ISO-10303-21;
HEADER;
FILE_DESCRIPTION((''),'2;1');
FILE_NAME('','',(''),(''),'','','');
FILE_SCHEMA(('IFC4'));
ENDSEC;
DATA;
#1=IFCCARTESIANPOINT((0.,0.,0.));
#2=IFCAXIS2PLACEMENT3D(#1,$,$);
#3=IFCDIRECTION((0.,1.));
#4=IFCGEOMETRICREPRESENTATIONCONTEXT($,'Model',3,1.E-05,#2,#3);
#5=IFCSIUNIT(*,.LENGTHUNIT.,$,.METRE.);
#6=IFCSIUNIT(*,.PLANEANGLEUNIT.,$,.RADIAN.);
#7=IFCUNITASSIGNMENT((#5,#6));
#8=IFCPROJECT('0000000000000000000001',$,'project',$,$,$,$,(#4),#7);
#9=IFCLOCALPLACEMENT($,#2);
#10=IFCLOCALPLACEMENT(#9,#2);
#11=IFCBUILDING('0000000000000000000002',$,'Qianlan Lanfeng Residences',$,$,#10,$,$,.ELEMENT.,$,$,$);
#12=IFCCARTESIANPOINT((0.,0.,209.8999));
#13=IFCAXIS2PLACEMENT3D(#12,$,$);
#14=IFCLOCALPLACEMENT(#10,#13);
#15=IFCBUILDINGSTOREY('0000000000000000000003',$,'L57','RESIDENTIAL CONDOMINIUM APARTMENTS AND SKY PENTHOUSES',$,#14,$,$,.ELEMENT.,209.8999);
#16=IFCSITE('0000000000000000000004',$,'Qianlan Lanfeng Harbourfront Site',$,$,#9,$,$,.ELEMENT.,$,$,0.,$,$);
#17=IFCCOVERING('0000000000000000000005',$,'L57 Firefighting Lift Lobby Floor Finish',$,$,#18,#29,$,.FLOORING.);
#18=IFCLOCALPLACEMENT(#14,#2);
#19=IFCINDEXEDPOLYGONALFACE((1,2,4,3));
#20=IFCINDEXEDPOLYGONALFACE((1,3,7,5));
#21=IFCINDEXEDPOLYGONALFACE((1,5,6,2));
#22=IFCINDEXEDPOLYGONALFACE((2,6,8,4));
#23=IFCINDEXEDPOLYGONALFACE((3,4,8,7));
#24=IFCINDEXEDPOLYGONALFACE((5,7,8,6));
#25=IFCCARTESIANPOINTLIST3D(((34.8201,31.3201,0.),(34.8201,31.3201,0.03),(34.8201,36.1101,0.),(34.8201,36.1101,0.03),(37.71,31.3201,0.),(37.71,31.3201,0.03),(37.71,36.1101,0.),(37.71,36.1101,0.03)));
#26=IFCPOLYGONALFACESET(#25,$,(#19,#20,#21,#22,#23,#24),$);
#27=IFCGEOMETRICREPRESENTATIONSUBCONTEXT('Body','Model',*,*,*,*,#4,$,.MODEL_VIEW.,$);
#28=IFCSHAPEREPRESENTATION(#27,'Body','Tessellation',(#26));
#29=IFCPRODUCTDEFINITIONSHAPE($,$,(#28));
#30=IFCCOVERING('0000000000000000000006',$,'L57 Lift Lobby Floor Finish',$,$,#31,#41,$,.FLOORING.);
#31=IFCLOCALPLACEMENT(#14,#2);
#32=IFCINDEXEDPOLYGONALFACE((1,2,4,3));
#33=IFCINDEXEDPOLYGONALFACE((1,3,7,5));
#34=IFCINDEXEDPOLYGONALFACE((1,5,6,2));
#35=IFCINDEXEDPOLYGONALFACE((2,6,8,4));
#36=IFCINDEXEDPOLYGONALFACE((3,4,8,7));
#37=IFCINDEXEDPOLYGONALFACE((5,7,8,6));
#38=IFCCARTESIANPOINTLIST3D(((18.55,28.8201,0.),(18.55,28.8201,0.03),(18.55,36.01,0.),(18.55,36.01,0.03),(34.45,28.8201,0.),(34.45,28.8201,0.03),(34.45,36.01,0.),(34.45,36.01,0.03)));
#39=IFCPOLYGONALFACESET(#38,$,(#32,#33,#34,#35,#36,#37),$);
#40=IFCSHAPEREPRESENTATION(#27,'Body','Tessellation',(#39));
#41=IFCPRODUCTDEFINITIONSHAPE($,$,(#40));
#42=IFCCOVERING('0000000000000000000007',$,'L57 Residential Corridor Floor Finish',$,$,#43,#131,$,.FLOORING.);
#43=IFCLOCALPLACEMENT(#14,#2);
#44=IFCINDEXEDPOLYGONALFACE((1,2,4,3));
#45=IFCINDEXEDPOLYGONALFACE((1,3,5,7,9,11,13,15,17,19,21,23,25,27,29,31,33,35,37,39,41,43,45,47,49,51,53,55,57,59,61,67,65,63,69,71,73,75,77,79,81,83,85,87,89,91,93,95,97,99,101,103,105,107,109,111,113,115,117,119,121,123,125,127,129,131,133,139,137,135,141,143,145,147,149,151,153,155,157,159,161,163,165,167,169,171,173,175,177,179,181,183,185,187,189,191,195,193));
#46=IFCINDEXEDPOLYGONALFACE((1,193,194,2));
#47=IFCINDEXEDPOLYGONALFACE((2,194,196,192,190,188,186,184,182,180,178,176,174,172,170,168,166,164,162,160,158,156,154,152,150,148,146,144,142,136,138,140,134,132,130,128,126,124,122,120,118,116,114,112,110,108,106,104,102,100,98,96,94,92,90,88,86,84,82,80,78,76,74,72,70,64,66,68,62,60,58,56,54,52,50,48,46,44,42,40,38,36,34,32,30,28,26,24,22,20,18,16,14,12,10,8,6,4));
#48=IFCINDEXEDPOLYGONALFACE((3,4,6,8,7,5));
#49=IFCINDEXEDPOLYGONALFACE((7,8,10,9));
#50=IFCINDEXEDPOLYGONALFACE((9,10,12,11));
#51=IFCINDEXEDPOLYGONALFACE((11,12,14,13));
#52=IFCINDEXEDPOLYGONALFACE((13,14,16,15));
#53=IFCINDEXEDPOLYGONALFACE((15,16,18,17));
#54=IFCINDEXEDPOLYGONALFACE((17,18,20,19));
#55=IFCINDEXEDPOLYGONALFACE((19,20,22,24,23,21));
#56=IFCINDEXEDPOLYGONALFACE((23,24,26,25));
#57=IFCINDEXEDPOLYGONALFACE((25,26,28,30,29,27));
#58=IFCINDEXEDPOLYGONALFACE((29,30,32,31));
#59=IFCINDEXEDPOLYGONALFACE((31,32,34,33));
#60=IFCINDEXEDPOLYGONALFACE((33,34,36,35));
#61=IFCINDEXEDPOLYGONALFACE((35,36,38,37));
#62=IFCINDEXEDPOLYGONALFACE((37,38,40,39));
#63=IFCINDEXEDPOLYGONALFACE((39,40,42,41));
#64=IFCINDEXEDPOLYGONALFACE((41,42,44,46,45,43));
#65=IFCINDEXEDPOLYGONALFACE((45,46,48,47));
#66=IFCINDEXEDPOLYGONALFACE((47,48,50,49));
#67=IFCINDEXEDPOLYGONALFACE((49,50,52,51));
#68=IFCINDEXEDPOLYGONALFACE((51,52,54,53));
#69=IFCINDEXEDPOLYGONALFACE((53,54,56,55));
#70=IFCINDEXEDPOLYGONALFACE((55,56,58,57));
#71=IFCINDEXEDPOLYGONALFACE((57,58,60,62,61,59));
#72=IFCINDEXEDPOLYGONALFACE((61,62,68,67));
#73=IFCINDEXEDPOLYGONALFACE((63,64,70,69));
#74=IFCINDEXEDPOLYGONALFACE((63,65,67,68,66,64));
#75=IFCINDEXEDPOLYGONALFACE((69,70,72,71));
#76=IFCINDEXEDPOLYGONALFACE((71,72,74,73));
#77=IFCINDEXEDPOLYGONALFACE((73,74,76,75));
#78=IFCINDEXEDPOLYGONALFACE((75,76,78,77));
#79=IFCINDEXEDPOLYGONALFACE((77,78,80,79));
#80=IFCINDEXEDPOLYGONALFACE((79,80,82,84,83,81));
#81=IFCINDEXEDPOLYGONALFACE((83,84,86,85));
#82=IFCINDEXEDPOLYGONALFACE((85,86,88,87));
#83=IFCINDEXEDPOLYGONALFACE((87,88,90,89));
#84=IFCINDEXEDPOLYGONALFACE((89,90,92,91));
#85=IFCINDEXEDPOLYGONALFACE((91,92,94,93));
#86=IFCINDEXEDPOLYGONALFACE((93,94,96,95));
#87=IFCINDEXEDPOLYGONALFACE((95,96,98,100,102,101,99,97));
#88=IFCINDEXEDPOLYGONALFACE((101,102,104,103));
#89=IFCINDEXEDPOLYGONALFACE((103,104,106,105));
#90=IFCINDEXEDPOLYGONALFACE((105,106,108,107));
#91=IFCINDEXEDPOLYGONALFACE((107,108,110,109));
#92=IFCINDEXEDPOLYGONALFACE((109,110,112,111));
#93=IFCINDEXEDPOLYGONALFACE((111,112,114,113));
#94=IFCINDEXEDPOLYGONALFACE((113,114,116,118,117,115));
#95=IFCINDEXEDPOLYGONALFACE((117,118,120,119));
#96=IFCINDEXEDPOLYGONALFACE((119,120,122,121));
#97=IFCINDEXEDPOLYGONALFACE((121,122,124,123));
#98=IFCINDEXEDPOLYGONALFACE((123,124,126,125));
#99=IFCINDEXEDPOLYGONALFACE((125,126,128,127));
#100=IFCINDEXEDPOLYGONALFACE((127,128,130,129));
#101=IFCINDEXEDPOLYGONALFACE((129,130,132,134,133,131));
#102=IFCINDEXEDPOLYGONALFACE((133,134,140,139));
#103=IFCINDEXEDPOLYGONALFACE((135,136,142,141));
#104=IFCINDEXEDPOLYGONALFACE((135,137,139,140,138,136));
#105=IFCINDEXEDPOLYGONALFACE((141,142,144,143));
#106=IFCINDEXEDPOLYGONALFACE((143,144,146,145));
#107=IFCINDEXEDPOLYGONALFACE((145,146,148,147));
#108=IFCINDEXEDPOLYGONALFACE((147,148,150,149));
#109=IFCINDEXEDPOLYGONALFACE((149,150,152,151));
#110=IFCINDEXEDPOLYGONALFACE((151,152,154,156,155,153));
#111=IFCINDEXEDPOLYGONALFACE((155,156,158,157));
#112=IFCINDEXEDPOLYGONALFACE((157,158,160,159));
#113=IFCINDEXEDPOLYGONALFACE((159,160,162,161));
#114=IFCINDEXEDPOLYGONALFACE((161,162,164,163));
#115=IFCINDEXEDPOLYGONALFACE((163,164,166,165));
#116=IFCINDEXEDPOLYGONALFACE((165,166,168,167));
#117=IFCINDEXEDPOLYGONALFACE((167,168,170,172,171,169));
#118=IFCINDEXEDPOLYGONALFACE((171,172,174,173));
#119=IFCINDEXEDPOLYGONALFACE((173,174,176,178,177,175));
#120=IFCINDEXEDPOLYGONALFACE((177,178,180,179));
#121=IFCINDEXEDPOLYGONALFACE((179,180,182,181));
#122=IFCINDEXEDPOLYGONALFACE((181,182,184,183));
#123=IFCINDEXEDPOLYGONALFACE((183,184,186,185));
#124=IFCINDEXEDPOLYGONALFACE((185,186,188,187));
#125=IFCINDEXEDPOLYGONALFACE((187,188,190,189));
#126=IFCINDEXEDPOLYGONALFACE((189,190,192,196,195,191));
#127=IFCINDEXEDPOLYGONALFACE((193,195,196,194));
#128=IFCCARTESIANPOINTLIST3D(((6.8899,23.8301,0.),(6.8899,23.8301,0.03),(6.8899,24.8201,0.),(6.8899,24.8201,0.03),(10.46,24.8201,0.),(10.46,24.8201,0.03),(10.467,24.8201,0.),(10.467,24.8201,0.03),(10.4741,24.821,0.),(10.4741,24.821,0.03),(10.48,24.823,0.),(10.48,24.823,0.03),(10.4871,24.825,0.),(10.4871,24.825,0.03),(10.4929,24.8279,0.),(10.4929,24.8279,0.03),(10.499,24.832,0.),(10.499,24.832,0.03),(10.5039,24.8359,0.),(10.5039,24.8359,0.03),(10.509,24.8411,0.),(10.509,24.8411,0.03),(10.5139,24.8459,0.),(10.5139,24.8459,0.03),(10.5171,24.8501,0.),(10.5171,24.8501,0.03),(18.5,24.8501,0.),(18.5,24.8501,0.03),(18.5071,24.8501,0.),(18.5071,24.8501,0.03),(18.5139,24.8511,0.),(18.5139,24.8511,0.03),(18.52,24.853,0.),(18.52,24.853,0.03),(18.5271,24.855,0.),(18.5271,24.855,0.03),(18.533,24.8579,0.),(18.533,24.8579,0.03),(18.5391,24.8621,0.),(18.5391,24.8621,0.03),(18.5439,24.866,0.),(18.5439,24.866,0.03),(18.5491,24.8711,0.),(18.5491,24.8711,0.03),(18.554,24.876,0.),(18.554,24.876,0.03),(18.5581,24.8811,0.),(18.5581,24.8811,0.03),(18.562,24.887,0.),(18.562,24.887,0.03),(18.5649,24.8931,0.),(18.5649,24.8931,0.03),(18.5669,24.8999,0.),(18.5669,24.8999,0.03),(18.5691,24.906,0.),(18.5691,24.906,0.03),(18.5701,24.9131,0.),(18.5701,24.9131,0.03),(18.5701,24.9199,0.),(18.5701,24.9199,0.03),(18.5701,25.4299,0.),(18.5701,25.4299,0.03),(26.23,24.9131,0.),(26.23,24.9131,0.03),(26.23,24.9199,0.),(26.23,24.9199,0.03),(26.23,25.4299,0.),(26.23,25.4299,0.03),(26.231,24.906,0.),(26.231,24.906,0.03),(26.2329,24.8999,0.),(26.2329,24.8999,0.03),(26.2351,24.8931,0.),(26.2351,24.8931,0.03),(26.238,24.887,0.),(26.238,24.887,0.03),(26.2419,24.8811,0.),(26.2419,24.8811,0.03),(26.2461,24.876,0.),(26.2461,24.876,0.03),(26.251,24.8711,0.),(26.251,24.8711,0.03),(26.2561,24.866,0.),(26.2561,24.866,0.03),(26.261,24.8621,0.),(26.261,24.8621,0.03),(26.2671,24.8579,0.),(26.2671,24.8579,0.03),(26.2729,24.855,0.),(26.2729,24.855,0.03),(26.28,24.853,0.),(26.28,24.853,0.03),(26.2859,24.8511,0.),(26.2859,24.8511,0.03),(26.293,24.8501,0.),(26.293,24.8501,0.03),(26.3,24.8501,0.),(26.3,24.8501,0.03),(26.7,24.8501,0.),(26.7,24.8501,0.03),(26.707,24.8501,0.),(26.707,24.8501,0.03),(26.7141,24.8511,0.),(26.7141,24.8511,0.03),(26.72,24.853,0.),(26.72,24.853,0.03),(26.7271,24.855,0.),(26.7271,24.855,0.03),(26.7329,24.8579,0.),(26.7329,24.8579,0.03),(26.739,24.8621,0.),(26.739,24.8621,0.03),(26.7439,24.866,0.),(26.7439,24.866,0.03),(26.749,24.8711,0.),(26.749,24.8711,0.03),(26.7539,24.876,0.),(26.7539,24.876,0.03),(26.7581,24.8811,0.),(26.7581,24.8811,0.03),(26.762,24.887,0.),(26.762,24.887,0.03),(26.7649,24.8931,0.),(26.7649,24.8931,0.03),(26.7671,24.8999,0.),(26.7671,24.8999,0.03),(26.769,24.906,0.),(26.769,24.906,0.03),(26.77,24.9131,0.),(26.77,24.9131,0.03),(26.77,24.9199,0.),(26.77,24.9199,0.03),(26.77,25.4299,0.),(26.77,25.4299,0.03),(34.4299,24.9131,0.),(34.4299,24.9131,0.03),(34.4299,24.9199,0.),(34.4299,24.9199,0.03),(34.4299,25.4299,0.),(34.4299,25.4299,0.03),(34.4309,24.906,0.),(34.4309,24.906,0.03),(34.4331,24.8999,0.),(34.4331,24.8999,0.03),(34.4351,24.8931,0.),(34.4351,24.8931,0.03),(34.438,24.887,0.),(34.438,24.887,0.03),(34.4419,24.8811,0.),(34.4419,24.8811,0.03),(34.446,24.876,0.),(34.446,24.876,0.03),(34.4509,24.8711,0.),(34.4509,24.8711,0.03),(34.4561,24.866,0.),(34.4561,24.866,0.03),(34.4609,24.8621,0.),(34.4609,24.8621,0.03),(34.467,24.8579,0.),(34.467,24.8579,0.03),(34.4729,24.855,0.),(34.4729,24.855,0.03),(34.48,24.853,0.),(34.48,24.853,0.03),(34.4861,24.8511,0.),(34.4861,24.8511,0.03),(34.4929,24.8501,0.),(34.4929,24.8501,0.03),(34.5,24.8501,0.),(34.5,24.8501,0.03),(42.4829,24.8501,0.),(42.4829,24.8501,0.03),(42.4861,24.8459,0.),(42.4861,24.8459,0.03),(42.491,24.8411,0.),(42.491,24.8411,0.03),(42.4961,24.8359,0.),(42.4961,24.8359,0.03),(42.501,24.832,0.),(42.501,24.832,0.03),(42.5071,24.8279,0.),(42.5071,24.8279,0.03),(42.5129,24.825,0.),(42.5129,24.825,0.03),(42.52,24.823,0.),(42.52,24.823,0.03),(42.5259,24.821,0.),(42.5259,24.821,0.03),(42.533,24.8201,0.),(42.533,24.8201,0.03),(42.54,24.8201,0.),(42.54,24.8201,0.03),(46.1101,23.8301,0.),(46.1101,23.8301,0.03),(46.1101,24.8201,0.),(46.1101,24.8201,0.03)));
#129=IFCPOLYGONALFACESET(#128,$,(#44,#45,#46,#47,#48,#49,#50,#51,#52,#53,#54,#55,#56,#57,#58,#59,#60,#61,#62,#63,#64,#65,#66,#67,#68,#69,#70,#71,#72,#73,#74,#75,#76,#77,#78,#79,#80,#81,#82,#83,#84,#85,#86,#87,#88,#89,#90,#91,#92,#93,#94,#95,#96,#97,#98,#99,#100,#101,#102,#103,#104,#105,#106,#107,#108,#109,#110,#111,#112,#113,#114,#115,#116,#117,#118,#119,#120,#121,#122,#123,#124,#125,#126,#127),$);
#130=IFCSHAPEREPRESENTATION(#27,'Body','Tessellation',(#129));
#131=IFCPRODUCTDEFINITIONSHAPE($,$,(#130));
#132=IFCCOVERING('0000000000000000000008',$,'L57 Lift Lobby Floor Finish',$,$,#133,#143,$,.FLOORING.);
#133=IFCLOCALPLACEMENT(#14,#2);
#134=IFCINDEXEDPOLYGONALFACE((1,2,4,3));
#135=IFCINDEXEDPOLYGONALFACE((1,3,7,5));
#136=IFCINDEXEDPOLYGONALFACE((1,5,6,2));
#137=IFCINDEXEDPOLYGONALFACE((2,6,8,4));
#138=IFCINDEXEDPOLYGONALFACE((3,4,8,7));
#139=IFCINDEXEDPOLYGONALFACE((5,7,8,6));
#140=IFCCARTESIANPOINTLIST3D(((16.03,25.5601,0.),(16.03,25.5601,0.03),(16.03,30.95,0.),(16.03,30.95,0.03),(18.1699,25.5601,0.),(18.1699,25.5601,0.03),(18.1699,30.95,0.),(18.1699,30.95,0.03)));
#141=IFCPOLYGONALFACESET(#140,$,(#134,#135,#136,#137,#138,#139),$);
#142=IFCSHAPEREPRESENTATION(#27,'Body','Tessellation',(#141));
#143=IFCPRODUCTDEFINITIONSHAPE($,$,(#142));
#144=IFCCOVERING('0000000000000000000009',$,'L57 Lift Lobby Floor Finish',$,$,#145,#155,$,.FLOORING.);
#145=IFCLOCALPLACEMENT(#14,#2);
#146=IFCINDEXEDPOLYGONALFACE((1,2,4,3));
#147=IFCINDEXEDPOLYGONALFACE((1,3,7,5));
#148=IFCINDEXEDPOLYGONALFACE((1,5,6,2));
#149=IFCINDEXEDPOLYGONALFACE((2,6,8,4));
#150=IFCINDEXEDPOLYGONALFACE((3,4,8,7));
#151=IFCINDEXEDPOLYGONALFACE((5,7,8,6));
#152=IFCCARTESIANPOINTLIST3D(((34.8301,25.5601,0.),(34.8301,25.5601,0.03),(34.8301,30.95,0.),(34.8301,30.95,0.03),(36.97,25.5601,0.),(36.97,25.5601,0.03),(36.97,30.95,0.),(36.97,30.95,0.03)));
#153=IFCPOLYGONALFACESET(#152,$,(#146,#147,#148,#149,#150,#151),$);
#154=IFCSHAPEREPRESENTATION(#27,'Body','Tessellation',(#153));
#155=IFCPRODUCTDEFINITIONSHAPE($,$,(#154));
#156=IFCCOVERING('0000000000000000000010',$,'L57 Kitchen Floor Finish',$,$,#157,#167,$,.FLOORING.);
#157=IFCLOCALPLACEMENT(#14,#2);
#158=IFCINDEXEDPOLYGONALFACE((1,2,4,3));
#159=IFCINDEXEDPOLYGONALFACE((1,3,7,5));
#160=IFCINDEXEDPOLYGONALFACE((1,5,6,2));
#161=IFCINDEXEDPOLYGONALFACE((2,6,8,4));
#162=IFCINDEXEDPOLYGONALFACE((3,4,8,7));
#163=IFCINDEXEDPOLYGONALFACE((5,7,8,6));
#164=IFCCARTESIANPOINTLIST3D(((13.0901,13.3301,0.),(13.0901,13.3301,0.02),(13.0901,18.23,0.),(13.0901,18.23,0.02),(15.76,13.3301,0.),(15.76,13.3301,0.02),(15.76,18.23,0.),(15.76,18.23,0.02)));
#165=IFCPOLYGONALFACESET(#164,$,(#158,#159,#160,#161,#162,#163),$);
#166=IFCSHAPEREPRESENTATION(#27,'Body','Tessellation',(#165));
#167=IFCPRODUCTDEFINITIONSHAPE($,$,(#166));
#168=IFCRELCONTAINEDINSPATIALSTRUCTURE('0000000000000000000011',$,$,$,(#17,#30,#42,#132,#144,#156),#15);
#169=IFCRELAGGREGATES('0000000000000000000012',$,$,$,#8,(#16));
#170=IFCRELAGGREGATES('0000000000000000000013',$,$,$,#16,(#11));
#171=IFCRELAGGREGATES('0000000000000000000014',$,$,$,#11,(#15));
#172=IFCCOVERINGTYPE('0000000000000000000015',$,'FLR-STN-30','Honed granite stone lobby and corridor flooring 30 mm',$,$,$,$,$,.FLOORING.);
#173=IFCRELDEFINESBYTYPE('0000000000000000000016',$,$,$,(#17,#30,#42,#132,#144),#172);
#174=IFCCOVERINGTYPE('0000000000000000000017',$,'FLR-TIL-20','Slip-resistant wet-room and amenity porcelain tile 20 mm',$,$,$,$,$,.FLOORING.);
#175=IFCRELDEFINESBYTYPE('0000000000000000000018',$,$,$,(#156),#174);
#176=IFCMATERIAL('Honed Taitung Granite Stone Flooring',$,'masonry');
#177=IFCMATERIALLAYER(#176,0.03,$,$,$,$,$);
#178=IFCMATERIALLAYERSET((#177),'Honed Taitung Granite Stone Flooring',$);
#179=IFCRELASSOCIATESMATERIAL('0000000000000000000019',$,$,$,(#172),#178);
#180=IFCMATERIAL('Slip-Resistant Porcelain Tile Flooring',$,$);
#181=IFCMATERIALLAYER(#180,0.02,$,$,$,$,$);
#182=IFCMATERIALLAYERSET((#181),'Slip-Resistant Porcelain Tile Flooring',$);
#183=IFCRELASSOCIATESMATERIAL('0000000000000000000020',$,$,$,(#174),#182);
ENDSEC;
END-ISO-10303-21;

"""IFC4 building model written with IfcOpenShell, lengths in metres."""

from ifc_helpers import new_model, si_unit, direction, frame, origin, place, context, subcontext, project, spatial, polyline, outline, extrude, material, layer, layer_set, type_object, element, save


model = new_model("IFC4")

# Units and contexts
model_context = context("Model", 3, precision=1e-05, world=origin(), true_north=direction((0.0, 1.0)))
body_context = subcontext(model_context, "Body", "Model", "MODEL_VIEW")
ifc_project = project(units=[si_unit("LENGTHUNIT", "METRE"), si_unit("PLANEANGLEUNIT", "RADIAN")], contexts=[model_context])

# Site, building, storey
site_placement = place(None, origin())
site = spatial("IfcSite", under=ifc_project, at=site_placement, Name="Qianlan Lanfeng Harbourfront Site", CompositionType="ELEMENT", RefElevation=0.0)
building_placement = place(site_placement, origin())
building = spatial("IfcBuilding", under=site, at=building_placement, Name="Qianlan Lanfeng Residences", CompositionType="ELEMENT")
storey_placement = place(building_placement, frame((0.0, 0.0, 209.8999)))
storey = spatial("IfcBuildingStorey", under=building, at=storey_placement, Name="L57", Description="RESIDENTIAL CONDOMINIUM APARTMENTS AND SKY PENTHOUSES", CompositionType="ELEMENT", Elevation=209.8999)

# Coverings
ifc_material_1 = material(Name="Honed Taitung Granite Stone Flooring", Category="masonry")
ifc_layer_1 = layer(ifc_material_1, 0.03)
ifc_layer_set_1 = layer_set([ifc_layer_1], Name="Honed Taitung Granite Stone Flooring")
covering_type_1 = type_object("IfcCoveringType", Name="FLR-STN-30", Description="Honed granite stone lobby and corridor flooring 30 mm", PredefinedType="FLOORING", material=ifc_layer_set_1)
covering_1_placement = place(storey_placement, origin())
element("IfcCovering", 1, at=covering_1_placement, inside=storey, type_object=covering_type_1, Name="L57 Firefighting Lift Lobby Floor Finish", PredefinedType="FLOORING", context=body_context, shape_type="SweptSolid", body=[
    extrude(outline(polyline([(34.8201, 31.3201), (37.71, 31.3201), (37.71, 36.1101), (34.8201, 36.1101), (34.8201, 31.3201)])), origin(), (0.0, 0.0, 1.0), 0.03),
])
covering_2_placement = place(storey_placement, origin())
element("IfcCovering", 2, at=covering_2_placement, inside=storey, type_object=covering_type_1, Name="L57 Lift Lobby Floor Finish", PredefinedType="FLOORING", context=body_context, shape_type="SweptSolid", body=[
    extrude(outline(polyline([(18.55, 28.8201), (34.45, 28.8201), (34.45, 36.01), (18.55, 36.01), (18.55, 28.8201)])), origin(), (0.0, 0.0, 1.0), 0.03),
])
covering_3_placement = place(storey_placement, origin())
element("IfcCovering", 3, at=covering_3_placement, inside=storey, type_object=covering_type_1, Name="L57 Residential Corridor Floor Finish", PredefinedType="FLOORING", context=body_context, shape_type="SweptSolid", body=[
    extrude(outline(polyline([(6.8899, 23.8301), (46.1101, 23.8301), (46.1101, 24.8201), (42.54, 24.8201), (42.533, 24.8201), (42.5259, 24.821), (42.52, 24.823), (42.5129, 24.825), (42.5071, 24.8279), (42.501, 24.832), (42.4961, 24.8359), (42.491, 24.8411), (42.4861, 24.8459), (42.4829, 24.8501), (34.5, 24.8501), (34.4929, 24.8501), (34.4861, 24.8511), (34.48, 24.853), (34.4729, 24.855), (34.467, 24.8579), (34.4609, 24.8621), (34.4561, 24.866), (34.4509, 24.8711), (34.446, 24.876), (34.4419, 24.8811), (34.438, 24.887), (34.4351, 24.8931), (34.4331, 24.8999), (34.4309, 24.906), (34.4299, 24.9131), (34.4299, 24.9199), (34.4299, 25.4299), (26.77, 25.4299), (26.77, 24.9199), (26.77, 24.9131), (26.769, 24.906), (26.7671, 24.8999), (26.7649, 24.8931), (26.762, 24.887), (26.7581, 24.8811), (26.7539, 24.876), (26.749, 24.8711), (26.7439, 24.866), (26.739, 24.8621), (26.7329, 24.8579), (26.7271, 24.855), (26.72, 24.853), (26.7141, 24.8511), (26.707, 24.8501), (26.7, 24.8501), (26.3, 24.8501), (26.293, 24.8501), (26.2859, 24.8511), (26.28, 24.853), (26.2729, 24.855), (26.2671, 24.8579), (26.261, 24.8621), (26.2561, 24.866), (26.251, 24.8711), (26.2461, 24.876), (26.2419, 24.8811), (26.238, 24.887), (26.2351, 24.8931), (26.2329, 24.8999), (26.231, 24.906), (26.23, 24.9131), (26.23, 24.9199), (26.23, 25.4299), (18.5701, 25.4299), (18.5701, 24.9199), (18.5701, 24.9131), (18.5691, 24.906), (18.5669, 24.8999), (18.5649, 24.8931), (18.562, 24.887), (18.5581, 24.8811), (18.554, 24.876), (18.5491, 24.8711), (18.5439, 24.866), (18.5391, 24.8621), (18.533, 24.8579), (18.5271, 24.855), (18.52, 24.853), (18.5139, 24.8511), (18.5071, 24.8501), (18.5, 24.8501), (10.5171, 24.8501), (10.5139, 24.8459), (10.509, 24.8411), (10.5039, 24.8359), (10.499, 24.832), (10.4929, 24.8279), (10.4871, 24.825), (10.48, 24.823), (10.4741, 24.821), (10.467, 24.8201), (10.46, 24.8201), (6.8899, 24.8201), (6.8899, 23.8301)])), origin(), (0.0, 0.0, 1.0), 0.03),
])
covering_4_placement = place(storey_placement, origin())
element("IfcCovering", 4, at=covering_4_placement, inside=storey, type_object=covering_type_1, Name="L57 Lift Lobby Floor Finish", PredefinedType="FLOORING", context=body_context, shape_type="SweptSolid", body=[
    extrude(outline(polyline([(16.03, 25.5601), (18.1699, 25.5601), (18.1699, 30.95), (16.03, 30.95), (16.03, 25.5601)])), origin(), (0.0, 0.0, 1.0), 0.03),
])
covering_5_placement = place(storey_placement, origin())
element("IfcCovering", 5, at=covering_5_placement, inside=storey, type_object=covering_type_1, Name="L57 Lift Lobby Floor Finish", PredefinedType="FLOORING", context=body_context, shape_type="SweptSolid", body=[
    extrude(outline(polyline([(34.8301, 25.5601), (36.97, 25.5601), (36.97, 30.95), (34.8301, 30.95), (34.8301, 25.5601)])), origin(), (0.0, 0.0, 1.0), 0.03),
])
ifc_material_2 = material(Name="Slip-Resistant Porcelain Tile Flooring")
ifc_layer_2 = layer(ifc_material_2, 0.02)
ifc_layer_set_2 = layer_set([ifc_layer_2], Name="Slip-Resistant Porcelain Tile Flooring")
covering_type_2 = type_object("IfcCoveringType", Name="FLR-TIL-20", Description="Slip-resistant wet-room and amenity porcelain tile 20 mm", PredefinedType="FLOORING", material=ifc_layer_set_2)
covering_6_placement = place(storey_placement, origin())
element("IfcCovering", 6, at=covering_6_placement, inside=storey, type_object=covering_type_2, Name="L57 Kitchen Floor Finish", PredefinedType="FLOORING", context=body_context, shape_type="SweptSolid", body=[
    extrude(outline(polyline([(13.0901, 13.3301), (15.76, 13.3301), (15.76, 18.23), (13.0901, 18.23), (13.0901, 13.3301)])), origin(), (0.0, 0.0, 1.0), 0.02),
])

save(model, "model.ifc")
